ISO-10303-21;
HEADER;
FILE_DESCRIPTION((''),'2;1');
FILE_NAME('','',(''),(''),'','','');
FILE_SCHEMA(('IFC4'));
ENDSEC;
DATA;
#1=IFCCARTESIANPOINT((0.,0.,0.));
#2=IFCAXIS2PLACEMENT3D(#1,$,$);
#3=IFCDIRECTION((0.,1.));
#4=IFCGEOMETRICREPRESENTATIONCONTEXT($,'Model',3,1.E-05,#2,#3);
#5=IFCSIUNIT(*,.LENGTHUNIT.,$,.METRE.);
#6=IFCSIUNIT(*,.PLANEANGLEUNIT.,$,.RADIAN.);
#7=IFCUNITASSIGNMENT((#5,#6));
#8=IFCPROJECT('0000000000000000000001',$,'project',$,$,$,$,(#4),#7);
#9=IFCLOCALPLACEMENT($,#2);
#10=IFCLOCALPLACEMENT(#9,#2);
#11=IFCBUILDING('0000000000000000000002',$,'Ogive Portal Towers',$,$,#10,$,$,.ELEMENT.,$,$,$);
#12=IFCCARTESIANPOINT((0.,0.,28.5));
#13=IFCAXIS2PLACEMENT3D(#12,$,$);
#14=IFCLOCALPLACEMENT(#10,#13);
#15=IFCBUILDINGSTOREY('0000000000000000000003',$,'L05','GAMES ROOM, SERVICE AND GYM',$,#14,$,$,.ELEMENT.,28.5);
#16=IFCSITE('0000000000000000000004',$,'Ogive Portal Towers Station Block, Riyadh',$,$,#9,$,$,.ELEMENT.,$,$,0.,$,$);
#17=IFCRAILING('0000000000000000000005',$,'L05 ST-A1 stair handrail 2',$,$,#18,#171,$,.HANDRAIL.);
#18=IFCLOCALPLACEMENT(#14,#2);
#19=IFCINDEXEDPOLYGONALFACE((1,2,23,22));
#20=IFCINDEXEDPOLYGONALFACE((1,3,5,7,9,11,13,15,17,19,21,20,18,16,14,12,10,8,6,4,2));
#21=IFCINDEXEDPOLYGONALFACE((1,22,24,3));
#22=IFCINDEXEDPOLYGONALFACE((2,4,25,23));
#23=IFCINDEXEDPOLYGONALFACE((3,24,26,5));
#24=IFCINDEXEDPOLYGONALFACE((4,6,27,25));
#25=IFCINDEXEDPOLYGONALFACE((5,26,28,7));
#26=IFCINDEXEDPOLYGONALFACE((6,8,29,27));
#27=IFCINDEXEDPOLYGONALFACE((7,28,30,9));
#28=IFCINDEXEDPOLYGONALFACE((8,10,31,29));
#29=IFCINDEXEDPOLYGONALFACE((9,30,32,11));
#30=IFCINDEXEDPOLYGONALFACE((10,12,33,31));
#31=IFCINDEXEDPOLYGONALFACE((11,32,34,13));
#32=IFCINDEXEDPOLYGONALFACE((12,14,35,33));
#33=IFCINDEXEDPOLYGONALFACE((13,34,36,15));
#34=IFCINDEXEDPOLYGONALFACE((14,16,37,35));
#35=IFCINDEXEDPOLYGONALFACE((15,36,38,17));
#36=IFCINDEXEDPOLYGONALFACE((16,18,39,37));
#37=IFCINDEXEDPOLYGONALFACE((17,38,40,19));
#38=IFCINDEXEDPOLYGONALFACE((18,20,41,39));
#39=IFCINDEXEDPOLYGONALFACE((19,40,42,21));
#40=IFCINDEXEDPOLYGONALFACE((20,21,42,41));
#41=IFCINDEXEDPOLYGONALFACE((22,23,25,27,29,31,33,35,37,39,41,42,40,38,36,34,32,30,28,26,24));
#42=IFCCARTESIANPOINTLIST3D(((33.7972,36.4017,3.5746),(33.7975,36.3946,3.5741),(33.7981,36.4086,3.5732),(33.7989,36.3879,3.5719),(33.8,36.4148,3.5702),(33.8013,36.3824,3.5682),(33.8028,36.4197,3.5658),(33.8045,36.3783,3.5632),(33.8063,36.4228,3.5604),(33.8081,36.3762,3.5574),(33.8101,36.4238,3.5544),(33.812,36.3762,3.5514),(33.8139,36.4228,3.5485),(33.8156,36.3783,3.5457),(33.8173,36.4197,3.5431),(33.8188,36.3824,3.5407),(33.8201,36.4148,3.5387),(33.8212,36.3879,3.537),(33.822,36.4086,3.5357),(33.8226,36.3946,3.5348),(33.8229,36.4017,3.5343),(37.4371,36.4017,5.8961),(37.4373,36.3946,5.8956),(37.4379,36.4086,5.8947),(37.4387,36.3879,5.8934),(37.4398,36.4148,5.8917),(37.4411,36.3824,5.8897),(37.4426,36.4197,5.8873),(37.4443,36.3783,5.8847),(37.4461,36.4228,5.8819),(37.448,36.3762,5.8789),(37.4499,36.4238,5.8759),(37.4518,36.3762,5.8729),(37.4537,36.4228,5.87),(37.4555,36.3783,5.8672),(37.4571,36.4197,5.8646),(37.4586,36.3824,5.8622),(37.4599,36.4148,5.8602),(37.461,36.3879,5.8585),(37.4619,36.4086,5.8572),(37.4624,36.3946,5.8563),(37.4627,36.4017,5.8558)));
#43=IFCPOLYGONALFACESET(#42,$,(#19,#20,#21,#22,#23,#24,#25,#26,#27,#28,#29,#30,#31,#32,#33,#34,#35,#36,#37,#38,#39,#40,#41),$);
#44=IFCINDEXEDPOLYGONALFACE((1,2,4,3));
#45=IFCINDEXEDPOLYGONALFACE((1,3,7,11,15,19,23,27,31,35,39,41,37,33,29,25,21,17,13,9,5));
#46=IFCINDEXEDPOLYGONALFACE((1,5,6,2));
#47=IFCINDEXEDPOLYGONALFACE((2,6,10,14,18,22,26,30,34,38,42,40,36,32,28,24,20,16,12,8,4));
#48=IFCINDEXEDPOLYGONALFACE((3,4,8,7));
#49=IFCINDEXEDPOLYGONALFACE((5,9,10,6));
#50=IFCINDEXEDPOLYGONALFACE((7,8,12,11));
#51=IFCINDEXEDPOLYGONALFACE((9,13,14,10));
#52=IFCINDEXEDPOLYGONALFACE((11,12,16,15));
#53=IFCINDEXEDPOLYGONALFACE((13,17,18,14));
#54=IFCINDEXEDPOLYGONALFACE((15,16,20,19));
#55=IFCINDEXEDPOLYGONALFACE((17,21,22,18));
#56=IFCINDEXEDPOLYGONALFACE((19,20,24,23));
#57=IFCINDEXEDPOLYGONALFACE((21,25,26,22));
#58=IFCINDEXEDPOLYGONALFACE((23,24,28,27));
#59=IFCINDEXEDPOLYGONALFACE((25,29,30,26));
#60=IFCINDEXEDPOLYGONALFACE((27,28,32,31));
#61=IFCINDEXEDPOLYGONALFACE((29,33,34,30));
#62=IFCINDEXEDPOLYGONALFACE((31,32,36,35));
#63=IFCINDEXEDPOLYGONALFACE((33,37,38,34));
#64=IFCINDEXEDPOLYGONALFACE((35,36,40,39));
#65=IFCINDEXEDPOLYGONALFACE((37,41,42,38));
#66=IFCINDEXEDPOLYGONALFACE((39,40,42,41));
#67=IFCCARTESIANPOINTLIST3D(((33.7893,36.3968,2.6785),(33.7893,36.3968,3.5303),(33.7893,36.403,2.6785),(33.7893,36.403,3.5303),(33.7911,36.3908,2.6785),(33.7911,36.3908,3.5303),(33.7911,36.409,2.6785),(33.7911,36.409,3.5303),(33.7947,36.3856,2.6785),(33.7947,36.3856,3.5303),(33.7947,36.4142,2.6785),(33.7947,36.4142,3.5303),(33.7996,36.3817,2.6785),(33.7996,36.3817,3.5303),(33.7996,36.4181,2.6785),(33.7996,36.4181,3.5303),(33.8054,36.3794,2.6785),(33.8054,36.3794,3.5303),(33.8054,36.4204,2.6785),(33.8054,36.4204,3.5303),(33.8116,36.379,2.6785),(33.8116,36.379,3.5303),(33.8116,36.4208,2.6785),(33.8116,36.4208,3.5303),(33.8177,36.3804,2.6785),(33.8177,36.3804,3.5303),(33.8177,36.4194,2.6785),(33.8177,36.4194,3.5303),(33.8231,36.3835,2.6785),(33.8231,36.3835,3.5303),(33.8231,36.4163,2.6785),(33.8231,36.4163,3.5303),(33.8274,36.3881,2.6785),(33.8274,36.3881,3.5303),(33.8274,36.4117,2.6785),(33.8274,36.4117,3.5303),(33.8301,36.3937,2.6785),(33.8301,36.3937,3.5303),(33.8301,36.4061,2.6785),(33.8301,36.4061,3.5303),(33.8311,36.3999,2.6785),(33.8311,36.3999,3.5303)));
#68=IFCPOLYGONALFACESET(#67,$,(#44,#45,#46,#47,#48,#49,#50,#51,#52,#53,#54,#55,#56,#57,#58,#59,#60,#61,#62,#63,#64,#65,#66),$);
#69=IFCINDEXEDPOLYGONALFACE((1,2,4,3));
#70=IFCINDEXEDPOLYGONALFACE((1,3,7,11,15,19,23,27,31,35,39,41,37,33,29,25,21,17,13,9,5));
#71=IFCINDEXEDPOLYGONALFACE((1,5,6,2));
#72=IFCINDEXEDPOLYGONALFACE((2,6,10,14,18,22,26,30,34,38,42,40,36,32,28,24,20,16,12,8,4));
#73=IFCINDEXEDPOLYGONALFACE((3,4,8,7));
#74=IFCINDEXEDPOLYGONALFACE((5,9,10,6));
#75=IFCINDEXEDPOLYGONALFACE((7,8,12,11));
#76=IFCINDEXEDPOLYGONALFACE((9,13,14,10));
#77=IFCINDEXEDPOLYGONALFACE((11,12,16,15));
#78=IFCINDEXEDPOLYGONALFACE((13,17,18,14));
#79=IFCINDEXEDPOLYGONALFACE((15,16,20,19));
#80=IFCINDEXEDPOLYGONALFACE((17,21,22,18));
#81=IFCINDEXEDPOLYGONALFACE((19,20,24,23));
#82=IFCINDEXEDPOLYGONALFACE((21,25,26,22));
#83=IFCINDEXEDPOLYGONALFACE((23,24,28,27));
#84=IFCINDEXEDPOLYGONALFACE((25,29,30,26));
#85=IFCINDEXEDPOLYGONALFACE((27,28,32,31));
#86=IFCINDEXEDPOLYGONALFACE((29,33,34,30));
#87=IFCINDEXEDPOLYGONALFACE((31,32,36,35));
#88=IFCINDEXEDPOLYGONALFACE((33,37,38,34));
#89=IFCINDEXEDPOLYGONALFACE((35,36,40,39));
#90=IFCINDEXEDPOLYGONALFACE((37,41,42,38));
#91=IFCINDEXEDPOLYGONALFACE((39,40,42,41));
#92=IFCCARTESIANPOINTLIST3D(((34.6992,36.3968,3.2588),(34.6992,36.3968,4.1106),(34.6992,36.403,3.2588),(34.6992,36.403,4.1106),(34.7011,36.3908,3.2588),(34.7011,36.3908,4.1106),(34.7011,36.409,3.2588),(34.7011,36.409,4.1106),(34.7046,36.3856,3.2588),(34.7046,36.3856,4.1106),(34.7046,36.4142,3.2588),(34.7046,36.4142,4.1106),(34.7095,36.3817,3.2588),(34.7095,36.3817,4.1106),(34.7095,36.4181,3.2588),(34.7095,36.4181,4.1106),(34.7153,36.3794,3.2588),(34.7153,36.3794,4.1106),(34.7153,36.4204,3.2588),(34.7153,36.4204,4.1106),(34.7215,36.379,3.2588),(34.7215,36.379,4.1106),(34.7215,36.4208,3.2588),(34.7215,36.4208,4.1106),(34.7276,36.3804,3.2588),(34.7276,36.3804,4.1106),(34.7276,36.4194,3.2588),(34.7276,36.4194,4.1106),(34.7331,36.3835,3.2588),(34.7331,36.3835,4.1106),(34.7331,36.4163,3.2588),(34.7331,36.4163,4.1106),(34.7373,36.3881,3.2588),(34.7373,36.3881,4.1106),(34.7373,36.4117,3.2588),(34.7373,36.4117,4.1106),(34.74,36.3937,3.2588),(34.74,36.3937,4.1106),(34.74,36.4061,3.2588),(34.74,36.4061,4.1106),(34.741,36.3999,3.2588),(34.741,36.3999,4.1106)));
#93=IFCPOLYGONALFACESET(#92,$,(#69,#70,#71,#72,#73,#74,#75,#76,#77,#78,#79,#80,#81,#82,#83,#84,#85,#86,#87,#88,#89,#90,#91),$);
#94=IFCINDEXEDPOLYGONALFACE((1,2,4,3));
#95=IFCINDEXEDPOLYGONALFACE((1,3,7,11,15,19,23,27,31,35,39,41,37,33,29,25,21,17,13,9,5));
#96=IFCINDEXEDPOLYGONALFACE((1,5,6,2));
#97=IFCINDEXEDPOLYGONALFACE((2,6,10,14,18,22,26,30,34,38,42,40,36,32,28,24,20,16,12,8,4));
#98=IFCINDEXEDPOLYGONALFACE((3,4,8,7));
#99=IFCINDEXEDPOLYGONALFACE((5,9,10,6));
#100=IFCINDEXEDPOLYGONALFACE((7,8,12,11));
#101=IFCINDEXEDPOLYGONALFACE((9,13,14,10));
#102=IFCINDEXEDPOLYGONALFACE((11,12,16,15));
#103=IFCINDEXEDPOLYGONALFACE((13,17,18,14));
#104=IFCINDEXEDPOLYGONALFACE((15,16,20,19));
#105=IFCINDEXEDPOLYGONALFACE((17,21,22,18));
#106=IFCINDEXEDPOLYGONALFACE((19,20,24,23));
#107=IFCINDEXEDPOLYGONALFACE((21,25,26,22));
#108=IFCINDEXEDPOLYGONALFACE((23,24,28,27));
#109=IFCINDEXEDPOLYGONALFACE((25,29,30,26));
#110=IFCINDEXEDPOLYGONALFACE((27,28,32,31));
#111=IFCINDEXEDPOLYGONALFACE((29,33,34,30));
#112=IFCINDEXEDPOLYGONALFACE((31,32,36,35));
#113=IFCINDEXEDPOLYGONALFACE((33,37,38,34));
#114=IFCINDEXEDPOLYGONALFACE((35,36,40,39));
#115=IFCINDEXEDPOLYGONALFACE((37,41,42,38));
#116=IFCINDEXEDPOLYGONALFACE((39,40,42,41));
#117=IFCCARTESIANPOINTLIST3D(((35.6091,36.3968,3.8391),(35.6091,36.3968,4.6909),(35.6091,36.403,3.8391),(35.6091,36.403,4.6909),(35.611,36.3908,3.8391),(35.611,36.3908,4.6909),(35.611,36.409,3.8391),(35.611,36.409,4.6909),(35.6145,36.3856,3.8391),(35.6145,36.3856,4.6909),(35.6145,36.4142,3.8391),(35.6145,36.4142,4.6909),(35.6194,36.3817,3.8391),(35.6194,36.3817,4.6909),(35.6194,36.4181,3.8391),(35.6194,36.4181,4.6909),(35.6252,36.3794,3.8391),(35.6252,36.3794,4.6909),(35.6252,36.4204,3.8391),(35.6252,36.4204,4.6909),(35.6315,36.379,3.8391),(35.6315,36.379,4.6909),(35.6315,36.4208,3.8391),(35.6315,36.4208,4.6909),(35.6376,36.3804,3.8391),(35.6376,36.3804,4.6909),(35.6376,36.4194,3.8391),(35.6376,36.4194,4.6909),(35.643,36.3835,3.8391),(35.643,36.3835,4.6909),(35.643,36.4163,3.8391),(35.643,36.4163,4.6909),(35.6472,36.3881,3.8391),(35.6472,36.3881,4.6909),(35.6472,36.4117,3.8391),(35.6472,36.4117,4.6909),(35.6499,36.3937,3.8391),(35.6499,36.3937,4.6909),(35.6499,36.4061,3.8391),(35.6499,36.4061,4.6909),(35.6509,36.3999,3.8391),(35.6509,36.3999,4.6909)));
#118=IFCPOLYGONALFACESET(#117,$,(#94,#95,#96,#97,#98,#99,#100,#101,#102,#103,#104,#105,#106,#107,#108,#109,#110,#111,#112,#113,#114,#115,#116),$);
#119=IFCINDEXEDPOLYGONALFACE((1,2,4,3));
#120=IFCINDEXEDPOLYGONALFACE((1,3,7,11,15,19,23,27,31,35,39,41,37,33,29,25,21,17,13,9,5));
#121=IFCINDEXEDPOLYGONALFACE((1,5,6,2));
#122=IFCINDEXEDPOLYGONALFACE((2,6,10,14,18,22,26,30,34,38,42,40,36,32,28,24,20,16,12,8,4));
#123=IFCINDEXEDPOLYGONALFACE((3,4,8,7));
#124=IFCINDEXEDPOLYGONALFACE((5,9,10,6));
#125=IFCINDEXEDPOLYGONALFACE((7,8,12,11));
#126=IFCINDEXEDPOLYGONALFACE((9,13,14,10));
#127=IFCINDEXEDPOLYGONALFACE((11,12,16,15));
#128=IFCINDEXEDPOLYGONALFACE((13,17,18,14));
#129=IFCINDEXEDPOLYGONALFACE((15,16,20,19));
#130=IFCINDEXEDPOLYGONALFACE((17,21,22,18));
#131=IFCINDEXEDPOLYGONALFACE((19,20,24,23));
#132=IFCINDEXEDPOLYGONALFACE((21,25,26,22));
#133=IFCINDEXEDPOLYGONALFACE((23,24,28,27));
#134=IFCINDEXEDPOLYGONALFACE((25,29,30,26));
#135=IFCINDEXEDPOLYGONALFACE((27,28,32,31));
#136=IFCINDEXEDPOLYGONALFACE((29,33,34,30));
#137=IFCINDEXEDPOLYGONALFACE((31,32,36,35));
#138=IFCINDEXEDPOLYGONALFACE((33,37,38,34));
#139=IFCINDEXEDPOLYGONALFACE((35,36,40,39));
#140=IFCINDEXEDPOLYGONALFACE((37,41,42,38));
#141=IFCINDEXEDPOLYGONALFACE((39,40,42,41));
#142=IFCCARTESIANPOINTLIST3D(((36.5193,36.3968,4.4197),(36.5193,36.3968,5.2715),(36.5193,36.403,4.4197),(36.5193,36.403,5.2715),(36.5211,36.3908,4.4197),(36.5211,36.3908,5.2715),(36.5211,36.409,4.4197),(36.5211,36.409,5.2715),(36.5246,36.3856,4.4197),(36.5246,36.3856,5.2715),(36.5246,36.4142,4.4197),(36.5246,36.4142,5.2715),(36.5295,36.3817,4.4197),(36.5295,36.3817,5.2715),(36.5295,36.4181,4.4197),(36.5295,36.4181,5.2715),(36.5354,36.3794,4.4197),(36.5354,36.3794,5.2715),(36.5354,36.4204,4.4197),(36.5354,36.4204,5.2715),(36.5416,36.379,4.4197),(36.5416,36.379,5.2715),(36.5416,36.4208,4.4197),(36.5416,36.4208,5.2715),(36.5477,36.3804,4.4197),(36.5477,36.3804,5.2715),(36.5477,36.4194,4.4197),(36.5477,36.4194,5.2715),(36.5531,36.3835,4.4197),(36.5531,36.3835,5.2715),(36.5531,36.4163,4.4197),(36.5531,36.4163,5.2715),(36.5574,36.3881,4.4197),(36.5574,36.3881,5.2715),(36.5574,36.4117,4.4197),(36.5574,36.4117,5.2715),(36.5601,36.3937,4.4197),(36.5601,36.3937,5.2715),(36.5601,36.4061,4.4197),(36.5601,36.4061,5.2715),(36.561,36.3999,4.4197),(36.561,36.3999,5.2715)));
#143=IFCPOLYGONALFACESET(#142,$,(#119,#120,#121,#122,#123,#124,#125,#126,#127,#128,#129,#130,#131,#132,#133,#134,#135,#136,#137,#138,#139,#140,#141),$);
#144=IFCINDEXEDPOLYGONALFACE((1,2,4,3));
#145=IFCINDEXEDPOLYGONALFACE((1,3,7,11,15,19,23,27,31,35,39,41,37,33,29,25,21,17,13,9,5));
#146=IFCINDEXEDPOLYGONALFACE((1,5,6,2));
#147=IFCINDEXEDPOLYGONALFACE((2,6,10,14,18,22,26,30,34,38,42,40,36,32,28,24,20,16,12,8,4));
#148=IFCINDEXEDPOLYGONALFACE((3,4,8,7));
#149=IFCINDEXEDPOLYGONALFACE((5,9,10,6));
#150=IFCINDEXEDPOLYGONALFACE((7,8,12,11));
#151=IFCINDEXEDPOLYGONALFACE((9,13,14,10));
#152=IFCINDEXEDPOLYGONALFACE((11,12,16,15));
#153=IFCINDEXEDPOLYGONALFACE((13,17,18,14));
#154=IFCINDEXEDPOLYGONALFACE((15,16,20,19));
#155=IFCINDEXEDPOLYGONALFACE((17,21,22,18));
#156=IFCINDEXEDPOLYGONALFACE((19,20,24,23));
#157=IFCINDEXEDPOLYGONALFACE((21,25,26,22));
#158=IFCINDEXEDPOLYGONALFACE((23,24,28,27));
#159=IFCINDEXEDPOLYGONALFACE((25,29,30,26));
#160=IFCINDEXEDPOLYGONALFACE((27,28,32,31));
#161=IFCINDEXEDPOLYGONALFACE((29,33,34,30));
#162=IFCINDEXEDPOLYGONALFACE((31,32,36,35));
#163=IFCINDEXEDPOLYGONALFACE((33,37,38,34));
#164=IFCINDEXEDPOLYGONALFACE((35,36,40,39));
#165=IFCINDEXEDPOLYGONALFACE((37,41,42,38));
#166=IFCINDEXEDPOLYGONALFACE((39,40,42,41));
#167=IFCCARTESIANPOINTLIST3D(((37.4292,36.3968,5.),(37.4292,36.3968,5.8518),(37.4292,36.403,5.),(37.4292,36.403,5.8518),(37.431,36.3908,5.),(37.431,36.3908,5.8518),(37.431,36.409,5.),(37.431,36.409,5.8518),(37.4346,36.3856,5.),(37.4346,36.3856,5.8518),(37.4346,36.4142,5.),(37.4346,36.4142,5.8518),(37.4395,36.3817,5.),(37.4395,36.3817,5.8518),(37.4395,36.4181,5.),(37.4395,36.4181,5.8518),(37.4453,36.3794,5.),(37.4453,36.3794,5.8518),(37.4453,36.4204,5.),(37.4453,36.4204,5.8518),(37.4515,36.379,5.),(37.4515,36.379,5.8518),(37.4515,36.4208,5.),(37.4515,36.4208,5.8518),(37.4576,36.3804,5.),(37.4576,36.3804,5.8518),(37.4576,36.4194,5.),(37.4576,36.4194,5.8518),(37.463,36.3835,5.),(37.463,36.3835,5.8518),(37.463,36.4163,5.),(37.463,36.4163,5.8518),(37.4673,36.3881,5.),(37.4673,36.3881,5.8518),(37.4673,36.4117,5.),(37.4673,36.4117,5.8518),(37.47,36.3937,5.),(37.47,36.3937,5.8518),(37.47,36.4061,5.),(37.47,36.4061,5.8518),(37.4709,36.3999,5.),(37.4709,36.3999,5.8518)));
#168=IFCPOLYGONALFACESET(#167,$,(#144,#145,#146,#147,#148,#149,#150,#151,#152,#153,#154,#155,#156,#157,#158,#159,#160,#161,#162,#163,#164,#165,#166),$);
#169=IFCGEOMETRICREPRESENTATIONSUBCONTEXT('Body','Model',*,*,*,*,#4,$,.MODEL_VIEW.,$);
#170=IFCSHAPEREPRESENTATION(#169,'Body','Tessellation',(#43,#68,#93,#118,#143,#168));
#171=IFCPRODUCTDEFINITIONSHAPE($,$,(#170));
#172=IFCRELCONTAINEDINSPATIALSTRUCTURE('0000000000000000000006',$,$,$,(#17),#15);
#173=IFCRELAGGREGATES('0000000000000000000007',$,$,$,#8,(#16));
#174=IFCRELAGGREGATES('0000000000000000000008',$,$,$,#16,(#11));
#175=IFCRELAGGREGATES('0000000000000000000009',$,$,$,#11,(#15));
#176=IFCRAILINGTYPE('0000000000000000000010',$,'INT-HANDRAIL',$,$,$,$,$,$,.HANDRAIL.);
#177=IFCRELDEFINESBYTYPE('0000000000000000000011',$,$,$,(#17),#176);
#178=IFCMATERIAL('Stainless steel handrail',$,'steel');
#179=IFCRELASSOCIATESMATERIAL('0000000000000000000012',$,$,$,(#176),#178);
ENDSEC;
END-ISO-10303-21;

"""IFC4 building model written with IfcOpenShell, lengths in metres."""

from ifc_helpers import new_model, si_unit, direction, frame, origin, origin_2d, place, context, subcontext, project, spatial, circle, extrude, material, type_object, element, save


model = new_model("IFC4")

# Units and contexts
model_context = context("Model", 3, precision=1e-05, world=origin(), true_north=direction((0.0, 1.0)))
body_context = subcontext(model_context, "Body", "Model", "MODEL_VIEW")
ifc_project = project(units=[si_unit("LENGTHUNIT", "METRE"), si_unit("PLANEANGLEUNIT", "RADIAN")], contexts=[model_context])

# Site, building, storey
site_placement = place(None, origin())
site = spatial("IfcSite", under=ifc_project, at=site_placement, Name="Ogive Portal Towers Station Block, Riyadh", CompositionType="ELEMENT", RefElevation=0.0)
building_placement = place(site_placement, origin())
building = spatial("IfcBuilding", under=site, at=building_placement, Name="Ogive Portal Towers", CompositionType="ELEMENT")
storey_placement = place(building_placement, frame((0.0, 0.0, 28.5)))
storey = spatial("IfcBuildingStorey", under=building, at=storey_placement, Name="L05", Description="GAMES ROOM, SERVICE AND GYM", CompositionType="ELEMENT", Elevation=28.5)

# Railing
ifc_material_1 = material(Name="Stainless steel handrail", Category="steel")
railing_type_1 = type_object("IfcRailingType", Name="INT-HANDRAIL", PredefinedType="HANDRAIL", material=ifc_material_1)
railing_1_placement = place(storey_placement, frame((33.8101, 36.3999, 2.6785)))
element("IfcRailing", 1, at=railing_1_placement, inside=storey, type_object=railing_type_1, Name="L05 ST-A1 stair handrail 2", PredefinedType="HANDRAIL", context=body_context, shape_type="SweptSolid", body=[
    extrude(circle(Radius=0.0239, at=origin_2d()), frame((0.0, 0.0, 0.876), z_axis=(0.843112, 0.0, 0.537739), x_axis=(0.0, 1.0, 0.0)), (0.0, 0.0, 1.0), 4.3171),
    extrude(circle(Radius=0.021, at=origin_2d()), origin(), (0.0, 0.0, 1.0), 0.8518),
    extrude(circle(Radius=0.021, at=origin_2d()), frame((0.9099, 0.0, 0.5803)), (0.0, 0.0, 1.0), 0.8518),
    extrude(circle(Radius=0.021, at=origin_2d()), frame((1.8198, 0.0, 1.1606)), (0.0, 0.0, 1.0), 0.8518),
    extrude(circle(Radius=0.021, at=origin_2d()), frame((2.73, 0.0, 1.7412)), (0.0, 0.0, 1.0), 0.8518),
    extrude(circle(Radius=0.021, at=origin_2d()), frame((3.6399, 0.0, 2.3215)), (0.0, 0.0, 1.0), 0.8518),
])

save(model, "model.ifc")
